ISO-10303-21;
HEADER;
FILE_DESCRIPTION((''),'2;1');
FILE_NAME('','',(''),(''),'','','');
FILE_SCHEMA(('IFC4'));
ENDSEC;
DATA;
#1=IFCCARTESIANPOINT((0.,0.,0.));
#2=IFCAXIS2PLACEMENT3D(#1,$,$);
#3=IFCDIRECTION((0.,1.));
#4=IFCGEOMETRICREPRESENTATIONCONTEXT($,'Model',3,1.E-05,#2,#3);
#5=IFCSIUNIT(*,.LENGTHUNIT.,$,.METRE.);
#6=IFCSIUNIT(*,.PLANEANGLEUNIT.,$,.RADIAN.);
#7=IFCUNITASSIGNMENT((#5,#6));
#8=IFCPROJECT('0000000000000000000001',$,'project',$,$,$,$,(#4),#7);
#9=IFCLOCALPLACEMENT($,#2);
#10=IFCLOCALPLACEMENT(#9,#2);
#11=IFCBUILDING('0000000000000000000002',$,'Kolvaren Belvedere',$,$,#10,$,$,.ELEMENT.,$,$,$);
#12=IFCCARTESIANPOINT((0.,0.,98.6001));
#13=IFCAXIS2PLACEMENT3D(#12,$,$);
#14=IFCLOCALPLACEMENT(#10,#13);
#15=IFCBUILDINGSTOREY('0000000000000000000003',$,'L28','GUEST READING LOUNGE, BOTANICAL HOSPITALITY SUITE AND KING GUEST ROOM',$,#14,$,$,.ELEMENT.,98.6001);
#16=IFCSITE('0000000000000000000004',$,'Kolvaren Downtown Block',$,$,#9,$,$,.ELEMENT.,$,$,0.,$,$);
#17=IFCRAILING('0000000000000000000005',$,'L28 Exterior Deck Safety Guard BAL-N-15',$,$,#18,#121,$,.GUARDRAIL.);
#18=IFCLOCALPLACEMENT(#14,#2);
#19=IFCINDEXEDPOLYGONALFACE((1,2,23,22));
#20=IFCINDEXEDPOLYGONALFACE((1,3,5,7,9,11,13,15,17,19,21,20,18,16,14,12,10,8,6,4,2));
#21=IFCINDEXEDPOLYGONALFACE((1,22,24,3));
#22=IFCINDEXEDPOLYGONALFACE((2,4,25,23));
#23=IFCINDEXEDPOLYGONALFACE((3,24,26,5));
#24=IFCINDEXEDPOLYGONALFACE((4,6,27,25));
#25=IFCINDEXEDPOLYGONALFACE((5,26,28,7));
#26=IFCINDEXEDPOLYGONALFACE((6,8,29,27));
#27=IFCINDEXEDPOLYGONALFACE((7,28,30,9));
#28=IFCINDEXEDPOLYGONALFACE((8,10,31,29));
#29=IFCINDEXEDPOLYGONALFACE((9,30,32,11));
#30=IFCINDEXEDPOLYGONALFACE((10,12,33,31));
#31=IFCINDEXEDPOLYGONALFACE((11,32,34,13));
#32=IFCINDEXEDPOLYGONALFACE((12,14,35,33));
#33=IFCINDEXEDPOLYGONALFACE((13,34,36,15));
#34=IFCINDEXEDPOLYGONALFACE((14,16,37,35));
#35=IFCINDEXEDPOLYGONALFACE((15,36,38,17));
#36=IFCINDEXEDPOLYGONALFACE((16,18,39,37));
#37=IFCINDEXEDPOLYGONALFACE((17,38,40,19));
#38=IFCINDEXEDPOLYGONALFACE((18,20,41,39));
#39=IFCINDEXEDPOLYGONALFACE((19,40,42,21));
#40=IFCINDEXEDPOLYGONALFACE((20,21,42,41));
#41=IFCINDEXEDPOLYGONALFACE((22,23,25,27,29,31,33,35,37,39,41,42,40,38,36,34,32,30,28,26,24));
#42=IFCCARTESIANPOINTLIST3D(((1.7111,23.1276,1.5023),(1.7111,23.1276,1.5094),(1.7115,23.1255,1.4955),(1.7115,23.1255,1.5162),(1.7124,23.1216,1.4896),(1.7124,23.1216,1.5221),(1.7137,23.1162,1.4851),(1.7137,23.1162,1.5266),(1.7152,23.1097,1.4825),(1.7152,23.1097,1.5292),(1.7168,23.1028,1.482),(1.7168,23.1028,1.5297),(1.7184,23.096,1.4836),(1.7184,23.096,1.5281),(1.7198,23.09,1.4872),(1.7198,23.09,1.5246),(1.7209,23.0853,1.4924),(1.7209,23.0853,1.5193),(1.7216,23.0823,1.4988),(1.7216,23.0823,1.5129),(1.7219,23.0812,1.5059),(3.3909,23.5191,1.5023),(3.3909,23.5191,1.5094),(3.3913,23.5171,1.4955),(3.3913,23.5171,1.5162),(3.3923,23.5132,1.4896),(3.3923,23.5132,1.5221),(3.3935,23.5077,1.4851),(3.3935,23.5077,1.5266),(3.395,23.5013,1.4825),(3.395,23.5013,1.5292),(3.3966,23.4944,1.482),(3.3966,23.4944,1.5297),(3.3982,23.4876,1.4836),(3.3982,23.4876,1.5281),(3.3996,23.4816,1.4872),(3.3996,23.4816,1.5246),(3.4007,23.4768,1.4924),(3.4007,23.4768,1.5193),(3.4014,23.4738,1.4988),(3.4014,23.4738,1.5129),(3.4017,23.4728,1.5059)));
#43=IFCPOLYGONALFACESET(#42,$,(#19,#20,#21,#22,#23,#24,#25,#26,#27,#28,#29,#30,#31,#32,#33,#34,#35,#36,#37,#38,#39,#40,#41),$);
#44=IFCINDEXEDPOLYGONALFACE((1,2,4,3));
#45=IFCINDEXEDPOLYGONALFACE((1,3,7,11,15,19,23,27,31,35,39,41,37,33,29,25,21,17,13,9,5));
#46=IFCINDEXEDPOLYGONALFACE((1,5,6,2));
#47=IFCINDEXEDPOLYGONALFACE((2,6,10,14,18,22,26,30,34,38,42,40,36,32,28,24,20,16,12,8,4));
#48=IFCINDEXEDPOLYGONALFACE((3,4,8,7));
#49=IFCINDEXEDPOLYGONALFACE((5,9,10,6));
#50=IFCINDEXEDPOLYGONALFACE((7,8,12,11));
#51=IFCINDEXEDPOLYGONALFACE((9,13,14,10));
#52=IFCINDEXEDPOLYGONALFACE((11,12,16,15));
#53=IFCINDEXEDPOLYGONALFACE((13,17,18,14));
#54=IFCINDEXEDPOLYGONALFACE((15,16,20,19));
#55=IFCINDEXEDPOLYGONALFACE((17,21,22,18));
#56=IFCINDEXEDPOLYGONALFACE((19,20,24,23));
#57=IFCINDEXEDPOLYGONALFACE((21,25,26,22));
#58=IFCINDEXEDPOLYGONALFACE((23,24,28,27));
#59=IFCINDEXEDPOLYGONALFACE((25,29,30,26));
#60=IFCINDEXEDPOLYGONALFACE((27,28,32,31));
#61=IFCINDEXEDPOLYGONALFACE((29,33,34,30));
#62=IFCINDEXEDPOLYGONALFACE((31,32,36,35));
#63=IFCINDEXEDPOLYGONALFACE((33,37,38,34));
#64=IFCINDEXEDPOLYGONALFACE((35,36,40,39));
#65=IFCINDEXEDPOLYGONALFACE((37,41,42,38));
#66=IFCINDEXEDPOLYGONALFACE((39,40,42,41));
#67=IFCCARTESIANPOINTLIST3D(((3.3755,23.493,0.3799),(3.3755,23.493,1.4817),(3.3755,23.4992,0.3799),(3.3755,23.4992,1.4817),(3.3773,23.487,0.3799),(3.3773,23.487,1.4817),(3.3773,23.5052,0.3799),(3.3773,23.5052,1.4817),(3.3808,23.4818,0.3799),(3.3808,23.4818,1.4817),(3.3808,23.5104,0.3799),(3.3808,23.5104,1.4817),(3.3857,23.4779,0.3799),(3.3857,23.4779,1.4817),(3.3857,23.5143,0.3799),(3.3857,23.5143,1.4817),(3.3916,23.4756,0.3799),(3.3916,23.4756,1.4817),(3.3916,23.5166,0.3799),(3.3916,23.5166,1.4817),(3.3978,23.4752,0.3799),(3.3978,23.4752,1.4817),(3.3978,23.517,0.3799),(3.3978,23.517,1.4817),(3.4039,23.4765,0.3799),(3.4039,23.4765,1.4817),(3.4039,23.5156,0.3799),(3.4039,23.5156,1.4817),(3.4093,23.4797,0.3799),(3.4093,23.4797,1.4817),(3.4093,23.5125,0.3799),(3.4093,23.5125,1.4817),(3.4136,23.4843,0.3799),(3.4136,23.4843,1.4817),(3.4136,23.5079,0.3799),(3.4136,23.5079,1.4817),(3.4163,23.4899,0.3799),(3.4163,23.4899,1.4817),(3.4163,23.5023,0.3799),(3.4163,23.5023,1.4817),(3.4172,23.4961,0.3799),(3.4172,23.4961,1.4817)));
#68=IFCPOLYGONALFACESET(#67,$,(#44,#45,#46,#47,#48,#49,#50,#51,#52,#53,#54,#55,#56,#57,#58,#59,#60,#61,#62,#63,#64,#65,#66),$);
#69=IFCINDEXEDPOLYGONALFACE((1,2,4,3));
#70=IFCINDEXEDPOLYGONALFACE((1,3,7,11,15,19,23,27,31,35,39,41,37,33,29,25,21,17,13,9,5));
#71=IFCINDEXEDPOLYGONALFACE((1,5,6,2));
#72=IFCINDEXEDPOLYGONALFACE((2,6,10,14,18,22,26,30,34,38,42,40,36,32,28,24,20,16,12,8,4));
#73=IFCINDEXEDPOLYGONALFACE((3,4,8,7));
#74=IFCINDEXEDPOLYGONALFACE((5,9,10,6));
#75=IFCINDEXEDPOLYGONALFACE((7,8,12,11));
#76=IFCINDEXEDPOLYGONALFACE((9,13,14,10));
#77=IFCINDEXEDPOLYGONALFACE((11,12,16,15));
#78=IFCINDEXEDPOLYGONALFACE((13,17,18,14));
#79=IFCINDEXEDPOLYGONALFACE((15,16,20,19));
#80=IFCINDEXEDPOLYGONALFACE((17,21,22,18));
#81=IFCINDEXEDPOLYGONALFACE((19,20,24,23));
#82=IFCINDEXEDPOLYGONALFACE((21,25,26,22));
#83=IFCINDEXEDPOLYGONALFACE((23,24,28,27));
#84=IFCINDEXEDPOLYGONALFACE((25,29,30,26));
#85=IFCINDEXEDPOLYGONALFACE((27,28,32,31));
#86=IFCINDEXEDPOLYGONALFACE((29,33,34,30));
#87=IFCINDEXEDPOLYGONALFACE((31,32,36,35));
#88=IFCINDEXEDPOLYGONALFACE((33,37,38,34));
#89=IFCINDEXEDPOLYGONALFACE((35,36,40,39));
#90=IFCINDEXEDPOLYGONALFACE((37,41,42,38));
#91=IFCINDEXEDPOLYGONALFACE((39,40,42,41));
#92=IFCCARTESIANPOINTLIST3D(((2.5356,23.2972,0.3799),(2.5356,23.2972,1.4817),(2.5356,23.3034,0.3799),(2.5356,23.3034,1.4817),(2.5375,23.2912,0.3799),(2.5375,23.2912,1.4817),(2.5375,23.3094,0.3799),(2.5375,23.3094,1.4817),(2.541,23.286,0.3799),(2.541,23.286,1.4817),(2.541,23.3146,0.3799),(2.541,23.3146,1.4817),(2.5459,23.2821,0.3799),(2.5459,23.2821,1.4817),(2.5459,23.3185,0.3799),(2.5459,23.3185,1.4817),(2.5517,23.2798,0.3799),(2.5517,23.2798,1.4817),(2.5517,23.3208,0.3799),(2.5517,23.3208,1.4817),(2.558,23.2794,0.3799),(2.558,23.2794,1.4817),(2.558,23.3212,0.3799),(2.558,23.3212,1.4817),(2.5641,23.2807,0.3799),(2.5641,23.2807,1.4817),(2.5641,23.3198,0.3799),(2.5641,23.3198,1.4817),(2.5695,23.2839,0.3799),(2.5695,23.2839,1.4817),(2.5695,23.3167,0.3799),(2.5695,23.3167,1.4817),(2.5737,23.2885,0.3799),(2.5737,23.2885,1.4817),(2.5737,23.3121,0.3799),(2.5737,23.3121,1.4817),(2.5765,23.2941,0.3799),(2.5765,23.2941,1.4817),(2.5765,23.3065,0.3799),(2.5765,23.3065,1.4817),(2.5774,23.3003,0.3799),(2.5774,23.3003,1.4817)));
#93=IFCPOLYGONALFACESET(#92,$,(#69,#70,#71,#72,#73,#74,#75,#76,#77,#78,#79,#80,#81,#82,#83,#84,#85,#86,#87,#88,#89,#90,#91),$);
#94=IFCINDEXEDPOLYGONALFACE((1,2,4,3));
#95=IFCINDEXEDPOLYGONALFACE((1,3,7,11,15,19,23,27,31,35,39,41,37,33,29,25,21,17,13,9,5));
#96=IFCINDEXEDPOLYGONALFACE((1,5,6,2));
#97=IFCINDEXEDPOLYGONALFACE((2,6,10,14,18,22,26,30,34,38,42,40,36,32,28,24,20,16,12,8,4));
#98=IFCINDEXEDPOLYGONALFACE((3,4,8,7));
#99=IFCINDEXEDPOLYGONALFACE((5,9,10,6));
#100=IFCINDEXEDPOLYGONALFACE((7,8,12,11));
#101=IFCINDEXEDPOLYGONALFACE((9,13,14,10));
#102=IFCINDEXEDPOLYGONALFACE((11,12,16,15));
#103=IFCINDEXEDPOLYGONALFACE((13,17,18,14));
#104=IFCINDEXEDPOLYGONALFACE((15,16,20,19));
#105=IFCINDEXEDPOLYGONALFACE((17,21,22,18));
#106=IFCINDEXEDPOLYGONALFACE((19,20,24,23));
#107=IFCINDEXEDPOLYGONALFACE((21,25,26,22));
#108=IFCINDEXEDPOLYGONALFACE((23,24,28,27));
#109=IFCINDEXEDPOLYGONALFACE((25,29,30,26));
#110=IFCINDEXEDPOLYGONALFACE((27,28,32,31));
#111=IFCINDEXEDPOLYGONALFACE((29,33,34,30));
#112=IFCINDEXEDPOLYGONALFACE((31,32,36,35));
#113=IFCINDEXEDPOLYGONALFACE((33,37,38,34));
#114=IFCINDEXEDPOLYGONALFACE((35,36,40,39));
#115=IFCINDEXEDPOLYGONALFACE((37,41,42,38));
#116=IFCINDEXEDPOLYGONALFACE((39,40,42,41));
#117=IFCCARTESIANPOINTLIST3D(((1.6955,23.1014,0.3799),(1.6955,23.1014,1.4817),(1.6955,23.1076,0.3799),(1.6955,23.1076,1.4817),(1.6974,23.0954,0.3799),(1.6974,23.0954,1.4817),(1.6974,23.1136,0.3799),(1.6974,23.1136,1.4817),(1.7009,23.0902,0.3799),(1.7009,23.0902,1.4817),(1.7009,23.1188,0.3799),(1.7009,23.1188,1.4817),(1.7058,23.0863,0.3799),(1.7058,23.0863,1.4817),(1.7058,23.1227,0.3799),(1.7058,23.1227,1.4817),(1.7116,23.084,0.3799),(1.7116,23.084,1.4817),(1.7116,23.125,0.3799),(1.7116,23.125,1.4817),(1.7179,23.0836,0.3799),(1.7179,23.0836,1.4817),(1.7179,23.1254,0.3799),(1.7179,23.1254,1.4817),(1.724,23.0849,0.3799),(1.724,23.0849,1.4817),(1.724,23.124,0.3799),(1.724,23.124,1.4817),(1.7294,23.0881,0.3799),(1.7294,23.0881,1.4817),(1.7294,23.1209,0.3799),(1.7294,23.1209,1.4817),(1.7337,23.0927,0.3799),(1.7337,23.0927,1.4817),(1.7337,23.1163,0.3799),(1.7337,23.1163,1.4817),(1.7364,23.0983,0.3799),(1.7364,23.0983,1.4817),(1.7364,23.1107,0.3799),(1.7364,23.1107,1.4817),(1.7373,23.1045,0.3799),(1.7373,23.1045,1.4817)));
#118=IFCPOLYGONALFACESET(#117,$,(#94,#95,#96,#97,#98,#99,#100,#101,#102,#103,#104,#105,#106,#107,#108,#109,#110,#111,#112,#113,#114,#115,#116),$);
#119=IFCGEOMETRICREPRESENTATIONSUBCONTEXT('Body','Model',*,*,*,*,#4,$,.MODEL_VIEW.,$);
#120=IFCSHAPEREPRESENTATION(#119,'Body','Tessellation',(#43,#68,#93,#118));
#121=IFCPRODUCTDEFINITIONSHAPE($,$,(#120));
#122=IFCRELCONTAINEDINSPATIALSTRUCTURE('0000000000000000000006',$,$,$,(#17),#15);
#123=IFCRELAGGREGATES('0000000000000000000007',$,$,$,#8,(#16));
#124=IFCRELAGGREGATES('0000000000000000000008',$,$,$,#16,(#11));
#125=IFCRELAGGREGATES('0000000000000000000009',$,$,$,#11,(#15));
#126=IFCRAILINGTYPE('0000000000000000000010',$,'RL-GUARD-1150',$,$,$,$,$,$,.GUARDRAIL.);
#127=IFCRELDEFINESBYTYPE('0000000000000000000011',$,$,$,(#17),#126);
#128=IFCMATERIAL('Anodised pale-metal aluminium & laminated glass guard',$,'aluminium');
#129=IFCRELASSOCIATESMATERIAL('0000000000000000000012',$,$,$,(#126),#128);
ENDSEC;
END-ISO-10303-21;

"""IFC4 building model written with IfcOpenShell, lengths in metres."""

from ifc_helpers import new_model, si_unit, direction, frame, origin, origin_2d, place, context, subcontext, project, spatial, circle, extrude, material, type_object, element, save


model = new_model("IFC4")

# Units and contexts
model_context = context("Model", 3, precision=1e-05, world=origin(), true_north=direction((0.0, 1.0)))
body_context = subcontext(model_context, "Body", "Model", "MODEL_VIEW")
ifc_project = project(units=[si_unit("LENGTHUNIT", "METRE"), si_unit("PLANEANGLEUNIT", "RADIAN")], contexts=[model_context])

# Site, building, storey
site_placement = place(None, origin())
site = spatial("IfcSite", under=ifc_project, at=site_placement, Name="Kolvaren Downtown Block", CompositionType="ELEMENT", RefElevation=0.0)
building_placement = place(site_placement, origin())
building = spatial("IfcBuilding", under=site, at=building_placement, Name="Kolvaren Belvedere", CompositionType="ELEMENT")
storey_placement = place(building_placement, frame((0.0, 0.0, 98.6001)))
storey = spatial("IfcBuildingStorey", under=building, at=storey_placement, Name="L28", Description="GUEST READING LOUNGE, BOTANICAL HOSPITALITY SUITE AND KING GUEST ROOM", CompositionType="ELEMENT", Elevation=98.6001)

# Railing
ifc_material_1 = material(Name="Anodised pale-metal aluminium & laminated glass guard", Category="aluminium")
railing_type = type_object("IfcRailingType", Name="RL-GUARD-1150", PredefinedType="GUARDRAIL", material=ifc_material_1)
railing_1_placement = place(storey_placement, frame((3.3962, 23.4961, 0.3799)))
element("IfcRailing", 1, at=railing_1_placement, inside=storey, type_object=railing_type, Name="L28 Exterior Deck Safety Guard BAL-N-15", PredefinedType="GUARDRAIL", context=body_context, shape_type="SweptSolid", body=[
    extrude(circle(Radius=0.0239, at=origin_2d()), frame((0.0, 0.0, 1.126), z_axis=(-0.97389, -0.227019, 0.0), x_axis=(0.227019, -0.97389, 0.0)), (0.0, 0.0, 1.0), 1.7249),
    extrude(circle(Radius=0.021, at=origin_2d()), origin(), (0.0, 0.0, 1.0), 1.1018),
    extrude(circle(Radius=0.021, at=origin_2d()), frame((-0.8398, -0.1958, 0.0)), (0.0, 0.0, 1.0), 1.1018),
    extrude(circle(Radius=0.021, at=origin_2d()), frame((-1.6799, -0.3916, 0.0)), (0.0, 0.0, 1.0), 1.1018),
])

save(model, "model.ifc")
